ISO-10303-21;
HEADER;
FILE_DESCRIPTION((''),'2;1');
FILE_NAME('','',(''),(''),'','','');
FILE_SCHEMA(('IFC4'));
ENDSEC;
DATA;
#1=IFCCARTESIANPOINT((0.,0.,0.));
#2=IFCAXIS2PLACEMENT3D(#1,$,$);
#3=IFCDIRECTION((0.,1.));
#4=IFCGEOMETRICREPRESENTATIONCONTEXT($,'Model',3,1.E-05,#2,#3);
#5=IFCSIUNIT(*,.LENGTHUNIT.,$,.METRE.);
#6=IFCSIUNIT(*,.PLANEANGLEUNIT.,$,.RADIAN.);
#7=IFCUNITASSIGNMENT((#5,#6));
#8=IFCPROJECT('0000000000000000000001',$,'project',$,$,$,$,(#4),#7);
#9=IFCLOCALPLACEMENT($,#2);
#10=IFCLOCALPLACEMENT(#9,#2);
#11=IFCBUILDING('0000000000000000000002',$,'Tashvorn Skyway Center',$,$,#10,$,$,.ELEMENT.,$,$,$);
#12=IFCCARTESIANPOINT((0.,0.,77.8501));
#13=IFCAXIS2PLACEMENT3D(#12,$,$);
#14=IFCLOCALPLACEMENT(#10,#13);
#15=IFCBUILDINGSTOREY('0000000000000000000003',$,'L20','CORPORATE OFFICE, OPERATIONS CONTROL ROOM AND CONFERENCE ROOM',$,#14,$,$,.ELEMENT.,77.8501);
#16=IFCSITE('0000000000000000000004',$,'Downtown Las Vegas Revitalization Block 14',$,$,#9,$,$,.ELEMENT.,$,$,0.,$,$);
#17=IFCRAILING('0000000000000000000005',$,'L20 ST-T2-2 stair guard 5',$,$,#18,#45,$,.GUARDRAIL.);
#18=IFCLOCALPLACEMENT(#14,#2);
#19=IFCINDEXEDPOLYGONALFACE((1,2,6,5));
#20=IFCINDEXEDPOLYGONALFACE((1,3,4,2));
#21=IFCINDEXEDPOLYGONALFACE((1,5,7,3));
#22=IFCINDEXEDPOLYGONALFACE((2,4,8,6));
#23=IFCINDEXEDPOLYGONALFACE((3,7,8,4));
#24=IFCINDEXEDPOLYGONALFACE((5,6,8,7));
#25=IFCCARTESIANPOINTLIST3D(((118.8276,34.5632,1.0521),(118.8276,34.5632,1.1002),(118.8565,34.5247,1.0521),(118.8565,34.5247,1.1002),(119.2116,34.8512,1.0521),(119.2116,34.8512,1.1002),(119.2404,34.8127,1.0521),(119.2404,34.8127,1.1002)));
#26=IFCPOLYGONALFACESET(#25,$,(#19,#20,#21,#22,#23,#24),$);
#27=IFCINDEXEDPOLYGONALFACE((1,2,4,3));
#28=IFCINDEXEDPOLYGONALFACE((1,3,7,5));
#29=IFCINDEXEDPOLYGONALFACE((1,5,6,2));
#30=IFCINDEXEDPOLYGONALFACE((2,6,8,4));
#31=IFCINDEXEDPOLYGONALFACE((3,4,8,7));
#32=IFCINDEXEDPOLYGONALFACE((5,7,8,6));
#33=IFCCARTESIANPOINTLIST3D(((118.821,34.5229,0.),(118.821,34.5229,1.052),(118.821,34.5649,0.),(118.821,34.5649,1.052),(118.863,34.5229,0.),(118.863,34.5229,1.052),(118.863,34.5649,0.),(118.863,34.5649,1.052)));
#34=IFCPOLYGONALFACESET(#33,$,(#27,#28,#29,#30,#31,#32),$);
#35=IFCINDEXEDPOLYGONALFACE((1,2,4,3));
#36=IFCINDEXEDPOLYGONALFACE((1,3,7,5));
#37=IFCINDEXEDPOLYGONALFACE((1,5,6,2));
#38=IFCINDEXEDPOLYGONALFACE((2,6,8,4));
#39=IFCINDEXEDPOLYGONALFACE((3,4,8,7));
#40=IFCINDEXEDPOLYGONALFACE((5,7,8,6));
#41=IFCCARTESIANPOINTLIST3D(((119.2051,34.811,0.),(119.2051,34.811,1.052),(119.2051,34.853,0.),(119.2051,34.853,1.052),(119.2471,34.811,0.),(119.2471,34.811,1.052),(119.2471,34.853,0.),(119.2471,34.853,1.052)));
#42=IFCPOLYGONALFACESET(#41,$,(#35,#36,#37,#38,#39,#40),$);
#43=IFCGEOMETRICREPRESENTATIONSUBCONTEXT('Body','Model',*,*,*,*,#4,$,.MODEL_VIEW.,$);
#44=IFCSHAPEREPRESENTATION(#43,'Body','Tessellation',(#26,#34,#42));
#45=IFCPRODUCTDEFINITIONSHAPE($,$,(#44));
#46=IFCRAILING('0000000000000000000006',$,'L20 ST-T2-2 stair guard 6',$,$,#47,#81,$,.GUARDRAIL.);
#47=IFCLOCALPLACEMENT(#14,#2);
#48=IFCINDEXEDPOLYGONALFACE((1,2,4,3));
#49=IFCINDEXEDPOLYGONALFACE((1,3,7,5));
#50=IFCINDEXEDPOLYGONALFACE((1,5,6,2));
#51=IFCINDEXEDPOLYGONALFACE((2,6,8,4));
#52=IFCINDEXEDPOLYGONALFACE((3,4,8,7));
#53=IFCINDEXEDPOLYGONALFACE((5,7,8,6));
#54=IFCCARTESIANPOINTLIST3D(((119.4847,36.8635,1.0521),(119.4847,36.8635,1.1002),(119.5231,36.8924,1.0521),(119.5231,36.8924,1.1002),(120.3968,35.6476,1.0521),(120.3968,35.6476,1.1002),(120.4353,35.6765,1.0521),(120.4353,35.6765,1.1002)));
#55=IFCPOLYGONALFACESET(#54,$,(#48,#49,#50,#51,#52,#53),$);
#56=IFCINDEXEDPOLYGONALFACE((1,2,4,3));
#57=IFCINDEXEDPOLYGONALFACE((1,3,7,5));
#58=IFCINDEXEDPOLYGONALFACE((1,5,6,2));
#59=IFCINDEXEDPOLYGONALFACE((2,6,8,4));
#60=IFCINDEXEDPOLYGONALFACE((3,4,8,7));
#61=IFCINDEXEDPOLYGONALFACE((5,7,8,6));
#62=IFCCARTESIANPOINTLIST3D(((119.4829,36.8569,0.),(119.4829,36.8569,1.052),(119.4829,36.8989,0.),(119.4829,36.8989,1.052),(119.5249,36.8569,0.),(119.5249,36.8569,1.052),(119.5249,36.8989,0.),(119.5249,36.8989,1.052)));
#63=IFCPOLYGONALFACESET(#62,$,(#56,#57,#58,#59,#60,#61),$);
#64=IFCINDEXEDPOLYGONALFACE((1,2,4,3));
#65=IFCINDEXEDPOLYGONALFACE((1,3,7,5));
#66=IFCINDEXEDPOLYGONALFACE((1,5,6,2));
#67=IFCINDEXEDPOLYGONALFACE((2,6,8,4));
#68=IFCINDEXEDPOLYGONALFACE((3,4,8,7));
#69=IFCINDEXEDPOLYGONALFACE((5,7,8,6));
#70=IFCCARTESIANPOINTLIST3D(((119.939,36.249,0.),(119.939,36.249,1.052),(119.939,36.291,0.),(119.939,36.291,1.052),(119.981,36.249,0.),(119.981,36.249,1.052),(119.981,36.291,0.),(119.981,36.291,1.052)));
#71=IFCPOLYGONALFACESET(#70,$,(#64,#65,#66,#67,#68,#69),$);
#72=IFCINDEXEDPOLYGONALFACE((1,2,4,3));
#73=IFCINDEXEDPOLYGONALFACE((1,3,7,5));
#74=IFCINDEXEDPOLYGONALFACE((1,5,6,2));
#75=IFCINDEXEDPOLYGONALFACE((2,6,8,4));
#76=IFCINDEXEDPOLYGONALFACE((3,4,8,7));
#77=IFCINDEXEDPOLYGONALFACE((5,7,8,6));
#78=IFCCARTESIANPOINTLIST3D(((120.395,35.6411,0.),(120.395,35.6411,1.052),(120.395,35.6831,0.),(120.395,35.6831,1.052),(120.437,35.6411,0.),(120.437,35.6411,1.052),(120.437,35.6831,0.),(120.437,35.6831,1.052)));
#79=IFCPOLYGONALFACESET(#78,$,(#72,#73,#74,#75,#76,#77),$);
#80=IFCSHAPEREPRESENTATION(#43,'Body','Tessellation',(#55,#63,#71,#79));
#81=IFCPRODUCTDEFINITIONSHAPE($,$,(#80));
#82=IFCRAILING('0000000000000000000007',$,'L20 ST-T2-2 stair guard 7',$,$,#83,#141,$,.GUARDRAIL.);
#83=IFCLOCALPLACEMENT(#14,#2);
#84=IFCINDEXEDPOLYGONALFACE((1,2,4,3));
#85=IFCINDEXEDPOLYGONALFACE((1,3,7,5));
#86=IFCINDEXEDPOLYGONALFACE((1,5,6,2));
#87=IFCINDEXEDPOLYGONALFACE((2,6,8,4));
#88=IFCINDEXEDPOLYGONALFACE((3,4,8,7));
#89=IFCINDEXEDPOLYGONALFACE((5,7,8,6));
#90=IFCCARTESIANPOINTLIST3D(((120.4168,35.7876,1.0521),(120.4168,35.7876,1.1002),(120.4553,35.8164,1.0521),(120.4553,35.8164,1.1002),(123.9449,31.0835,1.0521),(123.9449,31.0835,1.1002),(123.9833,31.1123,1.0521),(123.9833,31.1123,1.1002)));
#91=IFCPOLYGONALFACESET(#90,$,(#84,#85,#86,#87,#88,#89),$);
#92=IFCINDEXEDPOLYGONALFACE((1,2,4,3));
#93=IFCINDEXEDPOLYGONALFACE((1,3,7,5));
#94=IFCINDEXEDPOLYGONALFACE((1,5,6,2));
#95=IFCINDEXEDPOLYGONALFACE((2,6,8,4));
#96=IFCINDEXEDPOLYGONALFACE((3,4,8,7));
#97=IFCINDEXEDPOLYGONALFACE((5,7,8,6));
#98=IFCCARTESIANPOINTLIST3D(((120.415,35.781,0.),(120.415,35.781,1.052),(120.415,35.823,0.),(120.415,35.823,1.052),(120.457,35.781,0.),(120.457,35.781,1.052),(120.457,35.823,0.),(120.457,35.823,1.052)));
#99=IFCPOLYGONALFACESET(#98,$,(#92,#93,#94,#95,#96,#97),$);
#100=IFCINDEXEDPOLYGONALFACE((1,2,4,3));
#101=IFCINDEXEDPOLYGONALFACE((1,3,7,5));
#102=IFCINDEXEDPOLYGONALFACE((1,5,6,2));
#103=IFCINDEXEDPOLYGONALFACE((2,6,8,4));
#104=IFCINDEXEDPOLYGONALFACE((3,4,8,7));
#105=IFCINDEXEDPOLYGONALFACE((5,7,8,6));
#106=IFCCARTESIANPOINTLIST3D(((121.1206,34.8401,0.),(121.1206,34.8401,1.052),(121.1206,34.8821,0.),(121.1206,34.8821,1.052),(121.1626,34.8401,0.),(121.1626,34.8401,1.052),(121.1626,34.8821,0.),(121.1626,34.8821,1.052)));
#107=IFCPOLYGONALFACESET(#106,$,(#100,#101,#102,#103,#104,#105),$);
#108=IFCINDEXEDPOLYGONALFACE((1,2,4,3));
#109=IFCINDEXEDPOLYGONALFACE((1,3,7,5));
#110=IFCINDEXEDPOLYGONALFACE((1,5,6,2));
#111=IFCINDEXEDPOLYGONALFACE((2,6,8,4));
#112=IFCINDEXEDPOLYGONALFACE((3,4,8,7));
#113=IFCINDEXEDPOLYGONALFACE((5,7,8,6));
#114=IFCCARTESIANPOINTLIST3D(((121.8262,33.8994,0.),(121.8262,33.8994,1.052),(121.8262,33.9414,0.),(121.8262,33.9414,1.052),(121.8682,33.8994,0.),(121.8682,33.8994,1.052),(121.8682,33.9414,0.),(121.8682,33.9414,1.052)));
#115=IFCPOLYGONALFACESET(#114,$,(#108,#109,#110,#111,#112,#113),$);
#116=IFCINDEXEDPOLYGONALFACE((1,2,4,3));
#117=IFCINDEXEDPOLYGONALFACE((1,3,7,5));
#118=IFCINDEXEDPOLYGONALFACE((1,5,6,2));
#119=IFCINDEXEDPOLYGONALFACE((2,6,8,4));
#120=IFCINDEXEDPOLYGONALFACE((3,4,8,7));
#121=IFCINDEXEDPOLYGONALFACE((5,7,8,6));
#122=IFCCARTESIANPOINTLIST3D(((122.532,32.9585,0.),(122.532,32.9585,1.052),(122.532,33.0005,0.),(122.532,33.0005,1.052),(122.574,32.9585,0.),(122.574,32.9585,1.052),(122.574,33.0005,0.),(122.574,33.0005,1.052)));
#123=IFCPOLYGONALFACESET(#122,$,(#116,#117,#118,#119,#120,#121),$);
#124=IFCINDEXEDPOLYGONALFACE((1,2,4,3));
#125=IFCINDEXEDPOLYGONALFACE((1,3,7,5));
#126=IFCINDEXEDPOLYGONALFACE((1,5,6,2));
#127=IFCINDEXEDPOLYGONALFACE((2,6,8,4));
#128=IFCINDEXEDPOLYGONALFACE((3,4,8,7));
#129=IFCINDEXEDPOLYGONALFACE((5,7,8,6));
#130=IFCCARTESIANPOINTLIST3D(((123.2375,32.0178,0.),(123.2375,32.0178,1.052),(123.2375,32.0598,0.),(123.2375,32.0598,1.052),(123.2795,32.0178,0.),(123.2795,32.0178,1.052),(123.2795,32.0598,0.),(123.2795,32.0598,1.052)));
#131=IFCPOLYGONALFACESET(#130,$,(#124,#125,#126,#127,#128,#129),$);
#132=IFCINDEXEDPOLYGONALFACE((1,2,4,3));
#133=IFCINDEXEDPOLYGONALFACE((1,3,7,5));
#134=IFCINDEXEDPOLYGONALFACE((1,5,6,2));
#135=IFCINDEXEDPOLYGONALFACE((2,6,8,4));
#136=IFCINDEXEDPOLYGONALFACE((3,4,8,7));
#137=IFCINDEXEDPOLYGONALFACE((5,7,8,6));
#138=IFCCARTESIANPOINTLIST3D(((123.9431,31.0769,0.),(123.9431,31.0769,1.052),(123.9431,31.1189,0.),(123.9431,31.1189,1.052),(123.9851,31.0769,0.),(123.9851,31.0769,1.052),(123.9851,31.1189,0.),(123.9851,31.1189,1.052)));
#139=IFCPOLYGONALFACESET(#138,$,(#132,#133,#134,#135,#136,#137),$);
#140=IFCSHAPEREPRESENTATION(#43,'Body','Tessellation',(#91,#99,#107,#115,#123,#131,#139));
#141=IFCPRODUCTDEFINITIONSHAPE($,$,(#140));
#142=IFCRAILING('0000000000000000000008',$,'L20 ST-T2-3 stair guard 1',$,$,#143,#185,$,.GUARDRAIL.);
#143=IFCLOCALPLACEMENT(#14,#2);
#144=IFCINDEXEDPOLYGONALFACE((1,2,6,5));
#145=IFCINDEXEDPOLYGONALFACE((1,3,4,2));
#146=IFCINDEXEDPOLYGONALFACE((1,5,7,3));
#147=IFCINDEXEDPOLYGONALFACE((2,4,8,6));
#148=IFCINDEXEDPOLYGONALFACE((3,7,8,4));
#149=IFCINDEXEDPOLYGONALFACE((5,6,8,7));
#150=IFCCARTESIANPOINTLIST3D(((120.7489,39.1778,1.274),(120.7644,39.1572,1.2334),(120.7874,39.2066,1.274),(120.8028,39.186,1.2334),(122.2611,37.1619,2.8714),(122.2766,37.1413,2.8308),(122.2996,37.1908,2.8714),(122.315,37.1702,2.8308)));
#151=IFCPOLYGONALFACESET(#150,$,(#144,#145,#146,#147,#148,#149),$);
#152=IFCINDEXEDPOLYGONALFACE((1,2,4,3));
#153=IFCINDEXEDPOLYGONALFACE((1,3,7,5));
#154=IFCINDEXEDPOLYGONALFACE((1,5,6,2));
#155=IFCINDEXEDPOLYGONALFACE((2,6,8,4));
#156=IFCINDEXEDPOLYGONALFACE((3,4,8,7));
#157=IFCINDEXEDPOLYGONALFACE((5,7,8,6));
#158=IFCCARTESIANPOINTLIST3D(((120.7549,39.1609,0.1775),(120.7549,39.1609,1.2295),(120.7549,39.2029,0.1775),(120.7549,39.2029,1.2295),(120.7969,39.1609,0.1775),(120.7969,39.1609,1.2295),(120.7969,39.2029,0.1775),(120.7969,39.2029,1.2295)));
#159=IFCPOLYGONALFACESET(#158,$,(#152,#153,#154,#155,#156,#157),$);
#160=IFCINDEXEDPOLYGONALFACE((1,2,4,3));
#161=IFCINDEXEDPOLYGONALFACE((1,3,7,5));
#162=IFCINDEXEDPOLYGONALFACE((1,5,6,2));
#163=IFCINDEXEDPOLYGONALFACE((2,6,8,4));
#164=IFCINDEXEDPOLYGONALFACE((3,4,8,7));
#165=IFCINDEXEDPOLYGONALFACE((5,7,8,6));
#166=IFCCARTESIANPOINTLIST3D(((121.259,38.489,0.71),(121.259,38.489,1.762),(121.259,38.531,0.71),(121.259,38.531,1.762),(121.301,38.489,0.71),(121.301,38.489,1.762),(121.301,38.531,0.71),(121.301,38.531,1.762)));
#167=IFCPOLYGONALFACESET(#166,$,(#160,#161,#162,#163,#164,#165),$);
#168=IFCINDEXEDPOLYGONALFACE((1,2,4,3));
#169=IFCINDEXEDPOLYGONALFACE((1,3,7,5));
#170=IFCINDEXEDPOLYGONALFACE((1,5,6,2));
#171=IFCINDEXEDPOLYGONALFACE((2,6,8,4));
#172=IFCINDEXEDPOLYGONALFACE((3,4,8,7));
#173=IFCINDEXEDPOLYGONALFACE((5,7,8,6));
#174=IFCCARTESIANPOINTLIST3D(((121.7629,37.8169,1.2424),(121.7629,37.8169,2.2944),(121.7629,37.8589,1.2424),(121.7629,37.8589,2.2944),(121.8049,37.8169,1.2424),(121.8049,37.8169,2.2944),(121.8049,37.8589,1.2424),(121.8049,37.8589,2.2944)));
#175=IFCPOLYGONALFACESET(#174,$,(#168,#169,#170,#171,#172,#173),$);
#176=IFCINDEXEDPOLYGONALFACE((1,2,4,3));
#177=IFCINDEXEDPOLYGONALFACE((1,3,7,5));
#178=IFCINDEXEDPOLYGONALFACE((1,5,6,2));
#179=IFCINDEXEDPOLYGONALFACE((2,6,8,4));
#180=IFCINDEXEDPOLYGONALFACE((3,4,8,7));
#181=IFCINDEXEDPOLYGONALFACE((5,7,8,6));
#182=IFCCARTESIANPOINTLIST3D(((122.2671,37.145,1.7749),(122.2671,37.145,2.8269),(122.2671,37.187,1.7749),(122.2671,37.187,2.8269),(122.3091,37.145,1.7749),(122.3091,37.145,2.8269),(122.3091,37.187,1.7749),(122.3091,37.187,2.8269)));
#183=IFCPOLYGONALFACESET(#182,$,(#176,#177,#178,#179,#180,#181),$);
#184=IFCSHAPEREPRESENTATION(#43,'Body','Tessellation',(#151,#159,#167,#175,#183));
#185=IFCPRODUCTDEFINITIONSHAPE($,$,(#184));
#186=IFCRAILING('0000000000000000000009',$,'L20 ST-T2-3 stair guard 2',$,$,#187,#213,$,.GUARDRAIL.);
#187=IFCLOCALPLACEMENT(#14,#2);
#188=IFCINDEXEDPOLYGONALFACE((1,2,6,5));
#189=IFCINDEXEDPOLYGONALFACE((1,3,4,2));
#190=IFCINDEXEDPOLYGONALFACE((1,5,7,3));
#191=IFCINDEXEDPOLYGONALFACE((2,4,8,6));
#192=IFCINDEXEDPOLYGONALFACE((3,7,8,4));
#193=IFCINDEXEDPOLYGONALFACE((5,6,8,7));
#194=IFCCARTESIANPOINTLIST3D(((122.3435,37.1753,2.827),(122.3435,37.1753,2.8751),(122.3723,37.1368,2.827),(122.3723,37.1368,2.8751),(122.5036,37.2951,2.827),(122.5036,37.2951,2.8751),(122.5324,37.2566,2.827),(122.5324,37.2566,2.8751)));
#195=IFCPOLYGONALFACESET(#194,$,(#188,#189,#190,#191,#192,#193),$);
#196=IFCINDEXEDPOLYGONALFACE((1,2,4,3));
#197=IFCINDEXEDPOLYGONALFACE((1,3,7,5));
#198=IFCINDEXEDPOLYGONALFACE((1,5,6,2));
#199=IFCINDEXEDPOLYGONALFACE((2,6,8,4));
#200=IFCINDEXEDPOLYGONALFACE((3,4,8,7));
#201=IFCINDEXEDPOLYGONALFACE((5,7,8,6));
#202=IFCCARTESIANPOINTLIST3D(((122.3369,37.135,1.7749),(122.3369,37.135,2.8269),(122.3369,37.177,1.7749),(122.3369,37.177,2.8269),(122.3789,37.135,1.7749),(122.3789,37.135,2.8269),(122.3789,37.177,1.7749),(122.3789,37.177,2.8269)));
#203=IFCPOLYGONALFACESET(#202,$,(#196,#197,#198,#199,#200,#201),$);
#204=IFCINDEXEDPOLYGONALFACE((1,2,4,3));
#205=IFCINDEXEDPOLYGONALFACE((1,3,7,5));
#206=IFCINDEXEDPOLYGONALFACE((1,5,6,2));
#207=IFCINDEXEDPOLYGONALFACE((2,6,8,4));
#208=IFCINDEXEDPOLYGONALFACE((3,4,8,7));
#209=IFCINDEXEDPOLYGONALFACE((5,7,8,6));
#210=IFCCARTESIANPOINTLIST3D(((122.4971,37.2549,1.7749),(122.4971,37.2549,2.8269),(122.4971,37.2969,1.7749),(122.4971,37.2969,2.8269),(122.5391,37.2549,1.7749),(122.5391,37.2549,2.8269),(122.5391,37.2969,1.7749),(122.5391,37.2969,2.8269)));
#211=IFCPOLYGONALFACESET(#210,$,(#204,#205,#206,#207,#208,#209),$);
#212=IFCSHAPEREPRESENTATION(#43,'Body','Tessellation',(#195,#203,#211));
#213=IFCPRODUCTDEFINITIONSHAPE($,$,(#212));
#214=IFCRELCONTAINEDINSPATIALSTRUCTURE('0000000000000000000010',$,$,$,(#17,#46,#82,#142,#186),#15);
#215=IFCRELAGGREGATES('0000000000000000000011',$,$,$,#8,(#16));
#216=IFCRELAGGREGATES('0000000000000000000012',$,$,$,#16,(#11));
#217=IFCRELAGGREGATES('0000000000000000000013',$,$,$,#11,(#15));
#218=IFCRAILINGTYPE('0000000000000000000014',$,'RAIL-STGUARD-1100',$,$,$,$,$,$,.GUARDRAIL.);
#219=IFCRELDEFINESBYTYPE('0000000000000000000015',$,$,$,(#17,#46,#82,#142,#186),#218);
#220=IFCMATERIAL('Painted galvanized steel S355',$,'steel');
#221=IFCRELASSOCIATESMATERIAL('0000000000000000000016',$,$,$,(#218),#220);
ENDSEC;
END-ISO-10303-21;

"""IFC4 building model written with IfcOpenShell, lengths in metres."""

from ifc_helpers import new_model, si_unit, direction, frame, origin, origin_2d, place, context, subcontext, project, spatial, rectangle, extrude, material, type_object, element, save


model = new_model("IFC4")

# Units and contexts
model_context = context("Model", 3, precision=1e-05, world=origin(), true_north=direction((0.0, 1.0)))
body_context = subcontext(model_context, "Body", "Model", "MODEL_VIEW")
ifc_project = project(units=[si_unit("LENGTHUNIT", "METRE"), si_unit("PLANEANGLEUNIT", "RADIAN")], contexts=[model_context])

# Site, building, storey
site_placement = place(None, origin())
site = spatial("IfcSite", under=ifc_project, at=site_placement, Name="Downtown Las Vegas Revitalization Block 14", CompositionType="ELEMENT", RefElevation=0.0)
building_placement = place(site_placement, origin())
building = spatial("IfcBuilding", under=site, at=building_placement, Name="Tashvorn Skyway Center", CompositionType="ELEMENT")
storey_placement = place(building_placement, frame((0.0, 0.0, 77.8501)))
storey = spatial("IfcBuildingStorey", under=building, at=storey_placement, Name="L20", Description="CORPORATE OFFICE, OPERATIONS CONTROL ROOM AND CONFERENCE ROOM", CompositionType="ELEMENT", Elevation=77.8501)

# Railings
ifc_material_1 = material(Name="Painted galvanized steel S355", Category="steel")
railing_type_1 = type_object("IfcRailingType", Name="RAIL-STGUARD-1100", PredefinedType="GUARDRAIL", material=ifc_material_1)
railing_1_placement = place(storey_placement, frame((118.842, 34.5439, 0.0)))
element("IfcRailing", 1, at=railing_1_placement, inside=storey, type_object=railing_type_1, Name="L20 ST-T2-2 stair guard 5", PredefinedType="GUARDRAIL", context=body_context, shape_type="SweptSolid", body=[
    extrude(rectangle(XDim=0.0481, YDim=0.0481, at=origin_2d()), frame((0.0, 0.0, 1.0762), z_axis=(0.799939, 0.600081, 0.0), x_axis=(-0.600081, 0.799939, 0.0)), (0.0, 0.0, 1.0), 0.48),
    extrude(rectangle(XDim=0.042, YDim=0.042, at=origin_2d()), origin(), (0.0, 0.0, 1.0), 1.052),
    extrude(rectangle(XDim=0.042, YDim=0.042, at=origin_2d()), frame((0.384, 0.2881, 0.0)), (0.0, 0.0, 1.0), 1.052),
])
railing_2_placement = place(storey_placement, frame((119.5039, 36.8779, 0.0)))
element("IfcRailing", 2, at=railing_2_placement, inside=storey, type_object=railing_type_1, Name="L20 ST-T2-2 stair guard 6", PredefinedType="GUARDRAIL", context=body_context, shape_type="SweptSolid", body=[
    extrude(rectangle(XDim=0.0481, YDim=0.0481, at=origin_2d()), frame((0.0, 0.0, 1.0762), z_axis=(0.600103, -0.799923, 0.0), x_axis=(0.799923, 0.600103, 0.0)), (0.0, 0.0, 1.0), 1.52),
    extrude(rectangle(XDim=0.042, YDim=0.042, at=origin_2d()), origin(), (0.0, 0.0, 1.0), 1.052),
    extrude(rectangle(XDim=0.042, YDim=0.042, at=origin_2d()), frame((0.4561, -0.6079, 0.0)), (0.0, 0.0, 1.0), 1.052),
    extrude(rectangle(XDim=0.042, YDim=0.042, at=origin_2d()), frame((0.9121, -1.2158, 0.0)), (0.0, 0.0, 1.0), 1.052),
])
railing_3_placement = place(storey_placement, frame((120.436, 35.802, 0.0)))
element("IfcRailing", 3, at=railing_3_placement, inside=storey, type_object=railing_type_1, Name="L20 ST-T2-2 stair guard 7", PredefinedType="GUARDRAIL", context=body_context, shape_type="SweptSolid", body=[
    extrude(rectangle(XDim=0.0481, YDim=0.0481, at=origin_2d()), frame((0.0, 0.0, 1.0762), z_axis=(0.6, -0.8, 0.0), x_axis=(0.8, 0.6, 0.0)), (0.0, 0.0, 1.0), 5.8801),
    extrude(rectangle(XDim=0.042, YDim=0.042, at=origin_2d()), origin(), (0.0, 0.0, 1.0), 1.052),
    extrude(rectangle(XDim=0.042, YDim=0.042, at=origin_2d()), frame((0.7056, -0.9409, 0.0)), (0.0, 0.0, 1.0), 1.052),
    extrude(rectangle(XDim=0.042, YDim=0.042, at=origin_2d()), frame((1.4111, -1.8816, 0.0)), (0.0, 0.0, 1.0), 1.052),
    extrude(rectangle(XDim=0.042, YDim=0.042, at=origin_2d()), frame((2.1169, -2.8225, 0.0)), (0.0, 0.0, 1.0), 1.052),
    extrude(rectangle(XDim=0.042, YDim=0.042, at=origin_2d()), frame((2.8225, -3.7632, 0.0)), (0.0, 0.0, 1.0), 1.052),
    extrude(rectangle(XDim=0.042, YDim=0.042, at=origin_2d()), frame((3.5281, -4.7041, 0.0)), (0.0, 0.0, 1.0), 1.052),
])
railing_4_placement = place(storey_placement, frame((120.7759, 39.1819, 0.1775)))
element("IfcRailing", 4, at=railing_4_placement, inside=storey, type_object=railing_type_1, Name="L20 ST-T2-3 stair guard 1", PredefinedType="GUARDRAIL", context=body_context, shape_type="SweptSolid", body=[
    extrude(rectangle(XDim=0.0481, YDim=0.0481, at=origin_2d()), frame((0.0, 0.0, 1.0762), z_axis=(0.50683, -0.675636, 0.535387), x_axis=(0.799942, 0.600078, 0.0)), (0.0, 0.0, 1.0), 2.9836),
    extrude(rectangle(XDim=0.042, YDim=0.042, at=origin_2d()), origin(), (0.0, 0.0, 1.0), 1.052),
    extrude(rectangle(XDim=0.042, YDim=0.042, at=origin_2d()), frame((0.5042, -0.6719, 0.5325)), (0.0, 0.0, 1.0), 1.052),
    extrude(rectangle(XDim=0.042, YDim=0.042, at=origin_2d()), frame((1.0081, -1.344, 1.0649)), (0.0, 0.0, 1.0), 1.052),
    extrude(rectangle(XDim=0.042, YDim=0.042, at=origin_2d()), frame((1.5122, -2.0159, 1.5974)), (0.0, 0.0, 1.0), 1.052),
])
railing_5_placement = place(storey_placement, frame((122.3579, 37.156, 1.7749)))
element("IfcRailing", 5, at=railing_5_placement, inside=storey, type_object=railing_type_1, Name="L20 ST-T2-3 stair guard 2", PredefinedType="GUARDRAIL", context=body_context, shape_type="SweptSolid", body=[
    extrude(rectangle(XDim=0.0481, YDim=0.0481, at=origin_2d()), frame((0.0, 0.0, 1.0762), z_axis=(0.800585, 0.599219, 0.0), x_axis=(-0.599219, 0.800585, 0.0)), (0.0, 0.0, 1.0), 0.2),
    extrude(rectangle(XDim=0.042, YDim=0.042, at=origin_2d()), origin(), (0.0, 0.0, 1.0), 1.052),
    extrude(rectangle(XDim=0.042, YDim=0.042, at=origin_2d()), frame((0.1602, 0.1199, 0.0)), (0.0, 0.0, 1.0), 1.052),
])

save(model, "model.ifc")
